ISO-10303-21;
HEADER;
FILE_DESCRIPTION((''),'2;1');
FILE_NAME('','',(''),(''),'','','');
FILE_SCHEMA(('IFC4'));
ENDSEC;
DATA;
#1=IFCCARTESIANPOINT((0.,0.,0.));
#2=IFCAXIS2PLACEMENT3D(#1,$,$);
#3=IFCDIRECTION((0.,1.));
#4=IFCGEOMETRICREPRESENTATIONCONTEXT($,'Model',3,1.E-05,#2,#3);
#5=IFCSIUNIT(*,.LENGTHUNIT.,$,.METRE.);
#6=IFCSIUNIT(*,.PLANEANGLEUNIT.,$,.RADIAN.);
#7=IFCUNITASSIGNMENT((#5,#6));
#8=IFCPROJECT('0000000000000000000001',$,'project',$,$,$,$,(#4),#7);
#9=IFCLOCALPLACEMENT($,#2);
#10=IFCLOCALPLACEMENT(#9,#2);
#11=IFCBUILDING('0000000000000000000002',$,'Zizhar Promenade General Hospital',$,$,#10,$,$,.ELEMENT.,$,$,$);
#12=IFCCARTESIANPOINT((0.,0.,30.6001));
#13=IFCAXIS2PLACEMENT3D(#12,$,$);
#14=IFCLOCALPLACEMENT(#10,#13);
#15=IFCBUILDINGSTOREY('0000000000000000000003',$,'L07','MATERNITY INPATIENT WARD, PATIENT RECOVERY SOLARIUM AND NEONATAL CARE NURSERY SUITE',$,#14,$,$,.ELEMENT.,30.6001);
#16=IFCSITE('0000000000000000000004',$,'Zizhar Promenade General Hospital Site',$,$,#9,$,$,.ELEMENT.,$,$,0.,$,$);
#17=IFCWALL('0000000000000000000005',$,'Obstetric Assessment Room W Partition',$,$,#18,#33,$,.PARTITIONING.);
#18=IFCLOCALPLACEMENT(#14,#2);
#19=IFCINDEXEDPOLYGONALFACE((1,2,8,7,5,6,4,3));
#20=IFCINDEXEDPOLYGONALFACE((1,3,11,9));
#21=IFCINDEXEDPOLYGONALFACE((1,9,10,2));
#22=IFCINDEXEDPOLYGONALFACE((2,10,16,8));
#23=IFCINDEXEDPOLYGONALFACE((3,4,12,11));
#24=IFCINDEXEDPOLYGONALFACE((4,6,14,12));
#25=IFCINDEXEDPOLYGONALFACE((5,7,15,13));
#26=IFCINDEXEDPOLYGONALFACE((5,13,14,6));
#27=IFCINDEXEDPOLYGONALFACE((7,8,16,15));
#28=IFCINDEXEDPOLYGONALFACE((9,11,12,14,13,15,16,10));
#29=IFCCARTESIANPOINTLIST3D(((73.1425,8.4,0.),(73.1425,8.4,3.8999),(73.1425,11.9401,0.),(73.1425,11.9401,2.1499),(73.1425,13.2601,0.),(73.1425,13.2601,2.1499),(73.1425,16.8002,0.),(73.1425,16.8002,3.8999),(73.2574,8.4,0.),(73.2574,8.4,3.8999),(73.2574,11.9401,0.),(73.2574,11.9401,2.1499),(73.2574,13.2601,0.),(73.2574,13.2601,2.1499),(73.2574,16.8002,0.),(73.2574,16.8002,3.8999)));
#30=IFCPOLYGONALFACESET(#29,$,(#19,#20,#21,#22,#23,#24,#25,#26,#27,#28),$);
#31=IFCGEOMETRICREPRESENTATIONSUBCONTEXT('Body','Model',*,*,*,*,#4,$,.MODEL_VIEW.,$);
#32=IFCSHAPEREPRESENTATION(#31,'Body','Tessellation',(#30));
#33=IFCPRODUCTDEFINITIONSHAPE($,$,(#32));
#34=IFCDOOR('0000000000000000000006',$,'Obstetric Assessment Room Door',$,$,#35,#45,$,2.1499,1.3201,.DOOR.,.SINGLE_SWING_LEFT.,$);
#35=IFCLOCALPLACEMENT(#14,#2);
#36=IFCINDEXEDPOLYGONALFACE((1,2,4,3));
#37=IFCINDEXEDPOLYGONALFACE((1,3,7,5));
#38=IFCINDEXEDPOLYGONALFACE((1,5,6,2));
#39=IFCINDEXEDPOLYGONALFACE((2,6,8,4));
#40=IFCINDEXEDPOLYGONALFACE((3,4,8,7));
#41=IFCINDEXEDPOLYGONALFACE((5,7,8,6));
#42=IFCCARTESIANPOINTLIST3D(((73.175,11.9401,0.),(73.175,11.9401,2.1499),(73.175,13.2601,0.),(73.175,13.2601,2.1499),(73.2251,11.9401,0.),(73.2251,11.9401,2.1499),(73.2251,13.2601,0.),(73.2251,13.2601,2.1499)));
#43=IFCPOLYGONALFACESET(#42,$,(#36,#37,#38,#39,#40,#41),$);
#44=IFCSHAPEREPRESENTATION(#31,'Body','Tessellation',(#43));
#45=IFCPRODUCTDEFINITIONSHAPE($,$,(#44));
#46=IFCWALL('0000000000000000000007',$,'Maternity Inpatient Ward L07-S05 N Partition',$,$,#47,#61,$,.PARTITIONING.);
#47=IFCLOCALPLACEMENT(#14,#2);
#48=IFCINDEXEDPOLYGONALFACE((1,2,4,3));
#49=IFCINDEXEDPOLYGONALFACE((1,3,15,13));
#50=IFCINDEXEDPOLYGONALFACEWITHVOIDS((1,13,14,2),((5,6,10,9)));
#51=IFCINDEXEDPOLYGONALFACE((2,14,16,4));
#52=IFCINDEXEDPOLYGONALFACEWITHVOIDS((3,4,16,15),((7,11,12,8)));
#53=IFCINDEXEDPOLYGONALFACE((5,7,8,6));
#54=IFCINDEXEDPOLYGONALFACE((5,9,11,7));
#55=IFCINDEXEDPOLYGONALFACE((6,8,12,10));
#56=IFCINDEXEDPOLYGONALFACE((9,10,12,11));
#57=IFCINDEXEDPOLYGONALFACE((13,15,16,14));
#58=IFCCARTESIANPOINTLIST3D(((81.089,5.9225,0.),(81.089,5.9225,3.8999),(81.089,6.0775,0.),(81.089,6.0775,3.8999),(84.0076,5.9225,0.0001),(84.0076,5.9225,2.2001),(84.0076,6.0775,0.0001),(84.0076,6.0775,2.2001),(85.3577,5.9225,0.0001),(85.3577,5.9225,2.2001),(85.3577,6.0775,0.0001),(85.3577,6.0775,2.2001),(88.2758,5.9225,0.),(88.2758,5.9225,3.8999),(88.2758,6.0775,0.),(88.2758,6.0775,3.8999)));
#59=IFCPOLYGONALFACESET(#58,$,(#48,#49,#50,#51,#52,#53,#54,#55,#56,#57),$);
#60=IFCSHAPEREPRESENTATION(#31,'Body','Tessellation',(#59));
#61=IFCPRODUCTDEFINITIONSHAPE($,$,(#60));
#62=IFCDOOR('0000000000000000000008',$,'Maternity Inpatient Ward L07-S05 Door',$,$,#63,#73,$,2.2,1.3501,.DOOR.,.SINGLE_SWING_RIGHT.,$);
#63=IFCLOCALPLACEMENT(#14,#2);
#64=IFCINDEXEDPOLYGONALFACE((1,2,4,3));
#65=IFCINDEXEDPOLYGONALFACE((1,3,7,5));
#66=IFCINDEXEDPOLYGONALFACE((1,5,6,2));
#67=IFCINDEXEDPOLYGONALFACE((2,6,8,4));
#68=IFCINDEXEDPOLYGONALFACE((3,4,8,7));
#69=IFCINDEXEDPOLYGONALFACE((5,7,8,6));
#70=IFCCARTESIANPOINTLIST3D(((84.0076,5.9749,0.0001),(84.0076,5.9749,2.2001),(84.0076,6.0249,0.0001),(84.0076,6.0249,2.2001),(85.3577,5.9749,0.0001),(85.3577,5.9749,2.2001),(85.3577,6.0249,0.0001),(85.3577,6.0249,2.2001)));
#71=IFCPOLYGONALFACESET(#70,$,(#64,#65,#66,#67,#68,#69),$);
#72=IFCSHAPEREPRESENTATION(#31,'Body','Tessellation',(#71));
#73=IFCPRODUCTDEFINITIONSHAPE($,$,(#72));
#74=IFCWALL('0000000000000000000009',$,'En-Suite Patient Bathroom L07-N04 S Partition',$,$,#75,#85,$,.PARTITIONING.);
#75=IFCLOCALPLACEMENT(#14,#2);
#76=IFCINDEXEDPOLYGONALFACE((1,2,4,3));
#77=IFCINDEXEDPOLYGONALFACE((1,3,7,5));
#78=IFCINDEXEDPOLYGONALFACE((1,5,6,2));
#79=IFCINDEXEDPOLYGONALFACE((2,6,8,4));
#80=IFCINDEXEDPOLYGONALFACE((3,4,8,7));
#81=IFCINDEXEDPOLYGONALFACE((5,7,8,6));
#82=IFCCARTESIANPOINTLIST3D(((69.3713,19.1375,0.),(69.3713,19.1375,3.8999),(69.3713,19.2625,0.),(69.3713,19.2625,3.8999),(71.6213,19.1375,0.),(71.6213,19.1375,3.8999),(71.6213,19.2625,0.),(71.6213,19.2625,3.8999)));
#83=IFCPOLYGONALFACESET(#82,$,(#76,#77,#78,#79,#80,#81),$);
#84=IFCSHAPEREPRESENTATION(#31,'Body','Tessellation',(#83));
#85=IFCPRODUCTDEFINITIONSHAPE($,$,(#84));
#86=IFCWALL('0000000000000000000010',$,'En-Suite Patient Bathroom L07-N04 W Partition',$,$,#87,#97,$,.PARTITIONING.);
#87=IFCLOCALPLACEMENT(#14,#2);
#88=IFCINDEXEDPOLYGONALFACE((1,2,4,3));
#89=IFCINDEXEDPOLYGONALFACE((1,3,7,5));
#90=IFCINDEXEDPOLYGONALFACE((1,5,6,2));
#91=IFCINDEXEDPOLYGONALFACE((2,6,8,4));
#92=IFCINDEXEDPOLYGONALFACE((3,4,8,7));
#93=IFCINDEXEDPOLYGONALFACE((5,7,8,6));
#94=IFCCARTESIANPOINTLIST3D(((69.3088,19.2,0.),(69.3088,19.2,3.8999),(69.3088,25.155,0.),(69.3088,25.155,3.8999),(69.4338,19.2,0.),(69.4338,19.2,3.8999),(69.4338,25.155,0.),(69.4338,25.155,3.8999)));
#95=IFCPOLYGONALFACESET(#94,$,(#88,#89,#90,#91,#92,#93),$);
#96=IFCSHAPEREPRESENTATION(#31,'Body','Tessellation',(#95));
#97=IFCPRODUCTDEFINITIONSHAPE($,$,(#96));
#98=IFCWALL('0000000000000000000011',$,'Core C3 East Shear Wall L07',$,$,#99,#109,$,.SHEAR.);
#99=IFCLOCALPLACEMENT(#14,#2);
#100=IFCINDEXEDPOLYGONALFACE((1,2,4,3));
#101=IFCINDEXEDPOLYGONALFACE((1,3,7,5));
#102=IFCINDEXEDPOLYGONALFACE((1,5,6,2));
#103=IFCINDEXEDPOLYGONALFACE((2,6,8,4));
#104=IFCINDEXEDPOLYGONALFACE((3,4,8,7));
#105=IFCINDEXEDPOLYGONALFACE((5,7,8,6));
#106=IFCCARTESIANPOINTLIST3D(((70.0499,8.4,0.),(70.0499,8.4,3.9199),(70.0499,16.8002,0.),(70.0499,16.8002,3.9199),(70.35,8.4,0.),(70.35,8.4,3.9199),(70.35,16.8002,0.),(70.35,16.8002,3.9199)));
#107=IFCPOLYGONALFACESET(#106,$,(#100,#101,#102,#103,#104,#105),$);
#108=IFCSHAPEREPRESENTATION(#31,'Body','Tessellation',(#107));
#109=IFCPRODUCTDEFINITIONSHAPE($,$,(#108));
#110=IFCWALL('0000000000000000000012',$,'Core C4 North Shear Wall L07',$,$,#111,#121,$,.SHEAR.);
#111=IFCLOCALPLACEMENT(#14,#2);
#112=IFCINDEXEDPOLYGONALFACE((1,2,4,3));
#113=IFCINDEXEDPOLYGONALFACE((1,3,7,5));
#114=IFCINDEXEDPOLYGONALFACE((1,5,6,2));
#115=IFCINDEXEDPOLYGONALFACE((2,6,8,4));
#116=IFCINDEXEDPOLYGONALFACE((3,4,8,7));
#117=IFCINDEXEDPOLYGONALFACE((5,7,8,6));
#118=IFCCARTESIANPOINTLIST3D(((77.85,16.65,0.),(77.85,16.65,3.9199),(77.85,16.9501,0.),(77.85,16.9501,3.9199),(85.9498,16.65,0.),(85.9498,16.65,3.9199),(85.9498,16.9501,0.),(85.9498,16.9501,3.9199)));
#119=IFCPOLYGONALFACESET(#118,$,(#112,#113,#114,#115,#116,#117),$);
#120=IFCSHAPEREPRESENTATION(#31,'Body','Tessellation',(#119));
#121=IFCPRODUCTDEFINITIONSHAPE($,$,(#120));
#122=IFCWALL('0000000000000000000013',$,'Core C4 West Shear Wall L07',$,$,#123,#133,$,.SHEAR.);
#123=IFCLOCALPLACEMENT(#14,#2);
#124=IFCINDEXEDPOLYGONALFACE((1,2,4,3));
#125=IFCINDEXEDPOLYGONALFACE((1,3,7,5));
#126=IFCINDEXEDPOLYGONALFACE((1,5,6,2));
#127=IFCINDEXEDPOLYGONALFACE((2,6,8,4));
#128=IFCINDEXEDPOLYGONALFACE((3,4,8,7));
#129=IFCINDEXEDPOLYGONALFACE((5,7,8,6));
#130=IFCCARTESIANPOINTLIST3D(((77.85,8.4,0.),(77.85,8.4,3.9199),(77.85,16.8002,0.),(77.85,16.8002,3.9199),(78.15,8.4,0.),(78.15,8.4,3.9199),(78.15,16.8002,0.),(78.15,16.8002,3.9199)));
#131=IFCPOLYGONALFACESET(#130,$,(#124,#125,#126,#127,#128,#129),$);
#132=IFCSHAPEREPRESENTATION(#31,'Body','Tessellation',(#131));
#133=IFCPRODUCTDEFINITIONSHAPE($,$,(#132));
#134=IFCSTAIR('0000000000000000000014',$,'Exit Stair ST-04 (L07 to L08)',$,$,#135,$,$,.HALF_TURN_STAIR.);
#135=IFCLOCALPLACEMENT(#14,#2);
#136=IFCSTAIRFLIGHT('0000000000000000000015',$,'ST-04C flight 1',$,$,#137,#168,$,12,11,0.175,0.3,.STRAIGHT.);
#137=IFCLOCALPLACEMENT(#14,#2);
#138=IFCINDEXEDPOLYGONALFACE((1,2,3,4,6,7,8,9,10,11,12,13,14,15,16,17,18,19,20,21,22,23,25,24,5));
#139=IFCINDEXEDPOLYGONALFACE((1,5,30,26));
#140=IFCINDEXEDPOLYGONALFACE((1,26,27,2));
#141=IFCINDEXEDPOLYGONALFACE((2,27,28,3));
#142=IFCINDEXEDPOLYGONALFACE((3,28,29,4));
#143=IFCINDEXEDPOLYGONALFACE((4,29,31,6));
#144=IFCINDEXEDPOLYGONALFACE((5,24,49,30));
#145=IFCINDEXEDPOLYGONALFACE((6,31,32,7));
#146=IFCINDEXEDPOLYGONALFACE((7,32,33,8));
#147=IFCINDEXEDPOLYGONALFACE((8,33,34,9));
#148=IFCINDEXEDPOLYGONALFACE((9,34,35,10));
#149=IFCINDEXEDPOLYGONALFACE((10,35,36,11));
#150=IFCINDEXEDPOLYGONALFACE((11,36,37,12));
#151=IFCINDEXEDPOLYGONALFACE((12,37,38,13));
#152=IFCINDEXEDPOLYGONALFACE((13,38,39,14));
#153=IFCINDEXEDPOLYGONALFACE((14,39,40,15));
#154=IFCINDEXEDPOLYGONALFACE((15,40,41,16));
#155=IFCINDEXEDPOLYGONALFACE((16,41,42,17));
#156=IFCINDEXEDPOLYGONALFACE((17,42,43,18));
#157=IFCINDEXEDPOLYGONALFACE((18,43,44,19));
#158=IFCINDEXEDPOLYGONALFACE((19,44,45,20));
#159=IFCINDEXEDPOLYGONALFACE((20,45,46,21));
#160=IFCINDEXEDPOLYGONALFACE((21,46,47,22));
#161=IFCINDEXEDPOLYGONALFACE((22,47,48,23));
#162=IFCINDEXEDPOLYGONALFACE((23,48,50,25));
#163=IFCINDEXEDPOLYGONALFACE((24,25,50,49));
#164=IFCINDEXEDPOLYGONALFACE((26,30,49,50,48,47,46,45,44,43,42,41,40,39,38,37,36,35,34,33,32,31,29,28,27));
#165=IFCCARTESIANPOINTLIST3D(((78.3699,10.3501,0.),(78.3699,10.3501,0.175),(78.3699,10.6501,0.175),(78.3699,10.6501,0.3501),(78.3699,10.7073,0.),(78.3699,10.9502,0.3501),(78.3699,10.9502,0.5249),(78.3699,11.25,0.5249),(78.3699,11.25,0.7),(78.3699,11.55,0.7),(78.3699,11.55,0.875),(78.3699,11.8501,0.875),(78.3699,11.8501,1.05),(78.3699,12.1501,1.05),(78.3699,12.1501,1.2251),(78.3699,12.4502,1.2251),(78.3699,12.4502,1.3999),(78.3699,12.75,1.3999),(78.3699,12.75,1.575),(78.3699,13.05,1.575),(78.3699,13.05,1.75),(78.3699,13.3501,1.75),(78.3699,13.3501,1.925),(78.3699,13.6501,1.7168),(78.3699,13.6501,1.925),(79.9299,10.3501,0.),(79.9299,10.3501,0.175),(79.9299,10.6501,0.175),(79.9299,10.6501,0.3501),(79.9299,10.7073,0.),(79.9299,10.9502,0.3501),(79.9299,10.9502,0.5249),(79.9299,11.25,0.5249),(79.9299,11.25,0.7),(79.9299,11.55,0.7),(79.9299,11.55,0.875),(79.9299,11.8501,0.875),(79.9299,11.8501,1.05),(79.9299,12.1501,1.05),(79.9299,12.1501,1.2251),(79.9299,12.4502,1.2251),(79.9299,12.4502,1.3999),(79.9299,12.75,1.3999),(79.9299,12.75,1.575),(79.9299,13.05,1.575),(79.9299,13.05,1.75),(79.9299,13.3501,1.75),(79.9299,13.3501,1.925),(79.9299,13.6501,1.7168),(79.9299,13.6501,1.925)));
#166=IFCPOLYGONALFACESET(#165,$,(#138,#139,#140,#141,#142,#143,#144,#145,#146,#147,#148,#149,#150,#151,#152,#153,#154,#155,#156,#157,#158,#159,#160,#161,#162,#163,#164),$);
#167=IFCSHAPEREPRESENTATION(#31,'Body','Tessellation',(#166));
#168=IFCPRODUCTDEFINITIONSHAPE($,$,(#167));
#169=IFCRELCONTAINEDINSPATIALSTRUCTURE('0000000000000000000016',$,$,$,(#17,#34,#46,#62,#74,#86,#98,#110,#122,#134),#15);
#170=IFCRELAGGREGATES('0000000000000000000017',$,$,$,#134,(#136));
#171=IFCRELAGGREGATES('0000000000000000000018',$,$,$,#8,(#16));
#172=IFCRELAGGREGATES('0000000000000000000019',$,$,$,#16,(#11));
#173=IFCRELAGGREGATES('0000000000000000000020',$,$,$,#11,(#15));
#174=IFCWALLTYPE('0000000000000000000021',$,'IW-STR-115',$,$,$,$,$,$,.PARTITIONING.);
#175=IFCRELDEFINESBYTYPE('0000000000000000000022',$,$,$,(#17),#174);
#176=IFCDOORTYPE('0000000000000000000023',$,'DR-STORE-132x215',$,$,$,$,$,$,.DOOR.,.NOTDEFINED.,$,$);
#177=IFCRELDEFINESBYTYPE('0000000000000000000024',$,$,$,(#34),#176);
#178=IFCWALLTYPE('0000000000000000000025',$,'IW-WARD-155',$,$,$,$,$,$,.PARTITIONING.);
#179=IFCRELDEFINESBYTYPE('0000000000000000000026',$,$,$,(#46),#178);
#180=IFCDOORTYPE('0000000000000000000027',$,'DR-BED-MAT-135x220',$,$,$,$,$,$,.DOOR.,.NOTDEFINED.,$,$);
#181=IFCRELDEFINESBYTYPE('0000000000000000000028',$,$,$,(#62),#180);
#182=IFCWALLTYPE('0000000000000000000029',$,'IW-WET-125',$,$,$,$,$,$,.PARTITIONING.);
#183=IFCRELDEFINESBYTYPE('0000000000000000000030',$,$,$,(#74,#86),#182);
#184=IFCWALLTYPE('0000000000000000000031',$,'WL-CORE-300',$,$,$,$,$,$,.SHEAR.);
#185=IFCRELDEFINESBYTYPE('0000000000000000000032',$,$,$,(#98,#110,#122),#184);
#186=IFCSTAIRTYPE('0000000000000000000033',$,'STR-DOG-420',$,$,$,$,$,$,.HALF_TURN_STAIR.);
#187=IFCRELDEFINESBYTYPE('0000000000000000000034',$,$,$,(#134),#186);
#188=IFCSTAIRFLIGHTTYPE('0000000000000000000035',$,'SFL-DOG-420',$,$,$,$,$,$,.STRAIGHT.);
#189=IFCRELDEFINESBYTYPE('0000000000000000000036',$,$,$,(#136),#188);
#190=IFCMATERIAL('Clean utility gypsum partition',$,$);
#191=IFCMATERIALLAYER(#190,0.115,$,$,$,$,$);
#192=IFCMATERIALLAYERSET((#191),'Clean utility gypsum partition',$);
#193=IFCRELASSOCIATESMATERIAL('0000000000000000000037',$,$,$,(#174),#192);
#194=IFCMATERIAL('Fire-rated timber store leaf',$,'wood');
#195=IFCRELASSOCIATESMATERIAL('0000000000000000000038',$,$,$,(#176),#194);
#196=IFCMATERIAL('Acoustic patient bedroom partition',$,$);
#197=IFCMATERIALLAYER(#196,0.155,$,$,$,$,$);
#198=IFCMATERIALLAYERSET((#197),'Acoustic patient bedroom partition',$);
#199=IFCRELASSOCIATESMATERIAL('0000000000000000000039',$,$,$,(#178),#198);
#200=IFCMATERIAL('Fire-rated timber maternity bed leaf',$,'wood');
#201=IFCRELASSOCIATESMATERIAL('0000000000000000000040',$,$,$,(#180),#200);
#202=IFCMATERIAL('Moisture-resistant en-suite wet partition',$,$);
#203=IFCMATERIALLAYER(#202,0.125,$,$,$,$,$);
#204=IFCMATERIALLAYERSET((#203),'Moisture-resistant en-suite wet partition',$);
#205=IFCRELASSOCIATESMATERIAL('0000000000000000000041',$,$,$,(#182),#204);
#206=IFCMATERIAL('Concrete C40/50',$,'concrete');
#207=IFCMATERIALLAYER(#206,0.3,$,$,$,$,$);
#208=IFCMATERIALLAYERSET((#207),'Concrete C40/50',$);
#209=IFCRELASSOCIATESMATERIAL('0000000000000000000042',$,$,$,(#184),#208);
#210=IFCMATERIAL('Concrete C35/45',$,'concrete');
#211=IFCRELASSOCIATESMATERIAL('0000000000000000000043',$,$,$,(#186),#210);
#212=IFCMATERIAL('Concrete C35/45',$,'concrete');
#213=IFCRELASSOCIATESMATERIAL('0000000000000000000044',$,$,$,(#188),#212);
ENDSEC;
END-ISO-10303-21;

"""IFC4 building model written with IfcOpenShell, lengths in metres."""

from ifc_helpers import new_model, si_unit, direction, frame, frame_2d, origin, place, context, subcontext, project, spatial, polyline, rectangle, outline, extrude, material, layer, layer_set, type_object, element, fill, aggregate, save


model = new_model("IFC4")

# Units and contexts
model_context = context("Model", 3, precision=1e-05, world=origin(), true_north=direction((0.0, 1.0)))
body_context = subcontext(model_context, "Body", "Model", "MODEL_VIEW")
ifc_project = project(units=[si_unit("LENGTHUNIT", "METRE"), si_unit("PLANEANGLEUNIT", "RADIAN")], contexts=[model_context])

# Site, building, storey
site_placement = place(None, origin())
site = spatial("IfcSite", under=ifc_project, at=site_placement, Name="Zizhar Promenade General Hospital Site", CompositionType="ELEMENT", RefElevation=0.0)
building_placement = place(site_placement, origin())
building = spatial("IfcBuilding", under=site, at=building_placement, Name="Zizhar Promenade General Hospital", CompositionType="ELEMENT")
storey_placement = place(building_placement, frame((0.0, 0.0, 30.6001)))
storey = spatial("IfcBuildingStorey", under=building, at=storey_placement, Name="L07", Description="MATERNITY INPATIENT WARD, PATIENT RECOVERY SOLARIUM AND NEONATAL CARE NURSERY SUITE", CompositionType="ELEMENT", Elevation=30.6001)

# Shared definitions
ifc_material_1 = material(Name="Clean utility gypsum partition")
ifc_layer_1 = layer(ifc_material_1, 0.115)
ifc_layer_set_1 = layer_set([ifc_layer_1], Name="Clean utility gypsum partition")
wall_type_1 = type_object("IfcWallType", Name="IW-STR-115", PredefinedType="PARTITIONING", material=ifc_layer_set_1)

# Walls, openings, doors
wall_1_placement = place(storey_placement, frame((73.2, 8.3999, 0.0), z_axis=(0.0, 0.0, 1.0), x_axis=(0.0, 1.0, 0.0)))
wall_1 = element("IfcWall", 1, at=wall_1_placement, inside=storey, type_object=wall_type_1, Name="Obstetric Assessment Room W Partition", PredefinedType="PARTITIONING", context=body_context, shape_type="SweptSolid", body=[
    extrude(rectangle(XDim=8.4001, YDim=0.115, at=frame_2d((4.2002, 0.0))), origin(), (0.0, 0.0, 1.0), 3.8999),
])
opening_1_placement = place(wall_1_placement, frame((3.54, 0.0, 0.0)))
opening_1 = element("IfcOpeningElement", 2, at=opening_1_placement, cuts=wall_1, PredefinedType="OPENING", context=body_context, shape_type="SweptSolid", body=[
    extrude(rectangle(XDim=1.3201, YDim=2.1499, at=frame_2d((0.6602, 1.075))), frame((0.0, 0.0674, 0.0), z_axis=(0.0, -1.0, 0.0), x_axis=(1.0, 0.0, 0.0)), (0.0, 0.0, 1.0), 0.135),
])
ifc_material_2 = material(Name="Fire-rated timber store leaf", Category="wood")
door_type_1 = type_object("IfcDoorType", Name="DR-STORE-132x215", OperationType="NOTDEFINED", PredefinedType="DOOR", material=ifc_material_2)
door_1_placement = place(opening_1_placement, origin())
door_1 = element("IfcDoor", 3, at=door_1_placement, inside=storey, type_object=door_type_1, Name="Obstetric Assessment Room Door", OperationType="SINGLE_SWING_LEFT", OverallHeight=2.1499, OverallWidth=1.3201, PredefinedType="DOOR", context=body_context, shape_type="SweptSolid", body=[
    extrude(rectangle(XDim=1.3201, YDim=2.1499, at=frame_2d((0.6602, 1.075))), frame((0.0, 0.0249, 0.0), z_axis=(0.0, -1.0, 0.0), x_axis=(1.0, 0.0, 0.0)), (0.0, 0.0, 1.0), 0.05),
])
fill(opening_1, door_1)
ifc_material_3 = material(Name="Acoustic patient bedroom partition")
ifc_layer_2 = layer(ifc_material_3, 0.155)
ifc_layer_set_2 = layer_set([ifc_layer_2], Name="Acoustic patient bedroom partition")
wall_type_2 = type_object("IfcWallType", Name="IW-WARD-155", PredefinedType="PARTITIONING", material=ifc_layer_set_2)
wall_2_placement = place(storey_placement, frame((81.0891, 6.0, 0.0), z_axis=(0.0, 0.0, 1.0), x_axis=(1.0, 0.0, 0.0)))
wall_2 = element("IfcWall", 4, at=wall_2_placement, inside=storey, type_object=wall_type_2, Name="Maternity Inpatient Ward L07-S05 N Partition", PredefinedType="PARTITIONING", context=body_context, shape_type="SweptSolid", body=[
    extrude(rectangle(XDim=7.1868, YDim=0.155, at=frame_2d((3.5933, 0.0))), origin(), (0.0, 0.0, 1.0), 3.8999),
])
opening_2_placement = place(wall_2_placement, frame((2.9185, 0.0, 0.0)))
opening_2 = element("IfcOpeningElement", 5, at=opening_2_placement, cuts=wall_2, PredefinedType="OPENING", context=body_context, shape_type="SweptSolid", body=[
    extrude(rectangle(XDim=1.3501, YDim=2.2, at=frame_2d((0.675, 1.1001))), frame((0.0, 0.0874, 0.0), z_axis=(0.0, -1.0, 0.0), x_axis=(1.0, 0.0, 0.0)), (0.0, 0.0, 1.0), 0.175),
])
ifc_material_4 = material(Name="Fire-rated timber maternity bed leaf", Category="wood")
door_type_2 = type_object("IfcDoorType", Name="DR-BED-MAT-135x220", OperationType="NOTDEFINED", PredefinedType="DOOR", material=ifc_material_4)
door_2_placement = place(opening_2_placement, origin())
door_2 = element("IfcDoor", 6, at=door_2_placement, inside=storey, type_object=door_type_2, Name="Maternity Inpatient Ward L07-S05 Door", OperationType="SINGLE_SWING_RIGHT", OverallHeight=2.2, OverallWidth=1.3501, PredefinedType="DOOR", context=body_context, shape_type="SweptSolid", body=[
    extrude(rectangle(XDim=1.3501, YDim=2.2, at=frame_2d((0.675, 1.1001))), frame((0.0, 0.0249, 0.0), z_axis=(0.0, -1.0, 0.0), x_axis=(1.0, 0.0, 0.0)), (0.0, 0.0, 1.0), 0.05),
])
fill(opening_2, door_2)

# Walls
ifc_material_5 = material(Name="Moisture-resistant en-suite wet partition")
ifc_layer_3 = layer(ifc_material_5, 0.125)
ifc_layer_set_3 = layer_set([ifc_layer_3], Name="Moisture-resistant en-suite wet partition")
wall_type_3 = type_object("IfcWallType", Name="IW-WET-125", PredefinedType="PARTITIONING", material=ifc_layer_set_3)
wall_3_placement = place(storey_placement, frame((69.3713, 19.2, 0.0), z_axis=(0.0, 0.0, 1.0), x_axis=(1.0, 0.0, 0.0)))
element("IfcWall", 7, at=wall_3_placement, inside=storey, type_object=wall_type_3, Name="En-Suite Patient Bathroom L07-N04 S Partition", PredefinedType="PARTITIONING", context=body_context, shape_type="SweptSolid", body=[
    extrude(rectangle(XDim=2.25, YDim=0.125, at=frame_2d((1.125, 0.0))), origin(), (0.0, 0.0, 1.0), 3.8999),
])
wall_4_placement = place(storey_placement, frame((69.3713, 19.2, 0.0), z_axis=(0.0, 0.0, 1.0), x_axis=(0.0, 1.0, 0.0)))
element("IfcWall", 8, at=wall_4_placement, inside=storey, type_object=wall_type_3, Name="En-Suite Patient Bathroom L07-N04 W Partition", PredefinedType="PARTITIONING", context=body_context, shape_type="SweptSolid", body=[
    extrude(rectangle(XDim=5.9551, YDim=0.125, at=frame_2d((2.9775, 0.0))), origin(), (0.0, 0.0, 1.0), 3.8999),
])
ifc_material_6 = material(Name="Concrete C40/50", Category="concrete")
ifc_layer_4 = layer(ifc_material_6, 0.3)
ifc_layer_set_4 = layer_set([ifc_layer_4], Name="Concrete C40/50")
wall_type_4 = type_object("IfcWallType", Name="WL-CORE-300", PredefinedType="SHEAR", material=ifc_layer_set_4)
wall_5_placement = place(storey_placement, frame((70.2, 8.3999, 0.0), z_axis=(0.0, 0.0, 1.0), x_axis=(0.0, 1.0, 0.0)))
element("IfcWall", 9, at=wall_5_placement, inside=storey, type_object=wall_type_4, Name="Core C3 East Shear Wall L07", PredefinedType="SHEAR", context=body_context, shape_type="SweptSolid", body=[
    extrude(rectangle(XDim=8.4001, YDim=0.3, at=frame_2d((4.2002, 0.0))), origin(), (0.0, 0.0, 1.0), 3.9199),
])
wall_6_placement = place(storey_placement, frame((77.8501, 16.8, 0.0), z_axis=(0.0, 0.0, 1.0), x_axis=(1.0, 0.0, 0.0)))
element("IfcWall", 10, at=wall_6_placement, inside=storey, type_object=wall_type_4, Name="Core C4 North Shear Wall L07", PredefinedType="SHEAR", context=body_context, shape_type="SweptSolid", body=[
    extrude(rectangle(XDim=8.0999, YDim=0.3, at=frame_2d((4.0498, 0.0))), origin(), (0.0, 0.0, 1.0), 3.9199),
])
wall_7_placement = place(storey_placement, frame((78.0, 8.3999, 0.0), z_axis=(0.0, 0.0, 1.0), x_axis=(0.0, 1.0, 0.0)))
element("IfcWall", 11, at=wall_7_placement, inside=storey, type_object=wall_type_4, Name="Core C4 West Shear Wall L07", PredefinedType="SHEAR", context=body_context, shape_type="SweptSolid", body=[
    extrude(rectangle(XDim=8.4001, YDim=0.3, at=frame_2d((4.2002, 0.0))), origin(), (0.0, 0.0, 1.0), 3.9199),
])

# Stair, stair flight
ifc_material_7 = material(Name="Concrete C35/45", Category="concrete")
stair_type = type_object("IfcStairType", Name="STR-DOG-420", PredefinedType="HALF_TURN_STAIR", material=ifc_material_7)
stair_placement = place(storey_placement, origin())
stair = element("IfcStair", 12, at=stair_placement, inside=storey, type_object=stair_type, Name="Exit Stair ST-04 (L07 to L08)", PredefinedType="HALF_TURN_STAIR")
ifc_material_8 = material(Name="Concrete C35/45", Category="concrete")
stair_flight_type = type_object("IfcStairFlightType", Name="SFL-DOG-420", PredefinedType="STRAIGHT", material=ifc_material_8)
stair_flight_1_placement = place(storey_placement, frame((79.1499, 10.3501, 0.0), z_axis=(0.0, 0.0, 1.0), x_axis=(0.0, 1.0, 0.0)))
stair_flight_1 = element("IfcStairFlight", 13, at=stair_flight_1_placement, type_object=stair_flight_type, Name="ST-04C flight 1", NumberOfRisers=12, NumberOfTreads=11, PredefinedType="STRAIGHT", RiserHeight=0.175, TreadLength=0.3, context=body_context, shape_type="SweptSolid", body=[
    extrude(outline(polyline([(0.0, 0.0), (0.0, 0.175), (0.3, 0.175), (0.3, 0.3501), (0.6001, 0.3501), (0.6001, 0.5249), (0.8999, 0.5249), (0.8999, 0.7), (1.2, 0.7), (1.2, 0.875), (1.5, 0.875), (1.5, 1.05), (1.8, 1.05), (1.8, 1.2251), (2.1001, 1.2251), (2.1001, 1.3999), (2.3999, 1.3999), (2.3999, 1.575), (2.7, 1.575), (2.7, 1.75), (3.0, 1.75), (3.0, 1.925), (3.3, 1.925), (3.3, 2.1001), (3.3, 1.7168), (0.3572, 0.0), (0.0, 0.0)])), frame((0.0, 0.78, 0.0), z_axis=(0.0, -1.0, 0.0), x_axis=(1.0, 0.0, 0.0)), (0.0, 0.0, 1.0), 1.5601),
])
aggregate(stair, [stair_flight_1])

save(model, "model.ifc")
